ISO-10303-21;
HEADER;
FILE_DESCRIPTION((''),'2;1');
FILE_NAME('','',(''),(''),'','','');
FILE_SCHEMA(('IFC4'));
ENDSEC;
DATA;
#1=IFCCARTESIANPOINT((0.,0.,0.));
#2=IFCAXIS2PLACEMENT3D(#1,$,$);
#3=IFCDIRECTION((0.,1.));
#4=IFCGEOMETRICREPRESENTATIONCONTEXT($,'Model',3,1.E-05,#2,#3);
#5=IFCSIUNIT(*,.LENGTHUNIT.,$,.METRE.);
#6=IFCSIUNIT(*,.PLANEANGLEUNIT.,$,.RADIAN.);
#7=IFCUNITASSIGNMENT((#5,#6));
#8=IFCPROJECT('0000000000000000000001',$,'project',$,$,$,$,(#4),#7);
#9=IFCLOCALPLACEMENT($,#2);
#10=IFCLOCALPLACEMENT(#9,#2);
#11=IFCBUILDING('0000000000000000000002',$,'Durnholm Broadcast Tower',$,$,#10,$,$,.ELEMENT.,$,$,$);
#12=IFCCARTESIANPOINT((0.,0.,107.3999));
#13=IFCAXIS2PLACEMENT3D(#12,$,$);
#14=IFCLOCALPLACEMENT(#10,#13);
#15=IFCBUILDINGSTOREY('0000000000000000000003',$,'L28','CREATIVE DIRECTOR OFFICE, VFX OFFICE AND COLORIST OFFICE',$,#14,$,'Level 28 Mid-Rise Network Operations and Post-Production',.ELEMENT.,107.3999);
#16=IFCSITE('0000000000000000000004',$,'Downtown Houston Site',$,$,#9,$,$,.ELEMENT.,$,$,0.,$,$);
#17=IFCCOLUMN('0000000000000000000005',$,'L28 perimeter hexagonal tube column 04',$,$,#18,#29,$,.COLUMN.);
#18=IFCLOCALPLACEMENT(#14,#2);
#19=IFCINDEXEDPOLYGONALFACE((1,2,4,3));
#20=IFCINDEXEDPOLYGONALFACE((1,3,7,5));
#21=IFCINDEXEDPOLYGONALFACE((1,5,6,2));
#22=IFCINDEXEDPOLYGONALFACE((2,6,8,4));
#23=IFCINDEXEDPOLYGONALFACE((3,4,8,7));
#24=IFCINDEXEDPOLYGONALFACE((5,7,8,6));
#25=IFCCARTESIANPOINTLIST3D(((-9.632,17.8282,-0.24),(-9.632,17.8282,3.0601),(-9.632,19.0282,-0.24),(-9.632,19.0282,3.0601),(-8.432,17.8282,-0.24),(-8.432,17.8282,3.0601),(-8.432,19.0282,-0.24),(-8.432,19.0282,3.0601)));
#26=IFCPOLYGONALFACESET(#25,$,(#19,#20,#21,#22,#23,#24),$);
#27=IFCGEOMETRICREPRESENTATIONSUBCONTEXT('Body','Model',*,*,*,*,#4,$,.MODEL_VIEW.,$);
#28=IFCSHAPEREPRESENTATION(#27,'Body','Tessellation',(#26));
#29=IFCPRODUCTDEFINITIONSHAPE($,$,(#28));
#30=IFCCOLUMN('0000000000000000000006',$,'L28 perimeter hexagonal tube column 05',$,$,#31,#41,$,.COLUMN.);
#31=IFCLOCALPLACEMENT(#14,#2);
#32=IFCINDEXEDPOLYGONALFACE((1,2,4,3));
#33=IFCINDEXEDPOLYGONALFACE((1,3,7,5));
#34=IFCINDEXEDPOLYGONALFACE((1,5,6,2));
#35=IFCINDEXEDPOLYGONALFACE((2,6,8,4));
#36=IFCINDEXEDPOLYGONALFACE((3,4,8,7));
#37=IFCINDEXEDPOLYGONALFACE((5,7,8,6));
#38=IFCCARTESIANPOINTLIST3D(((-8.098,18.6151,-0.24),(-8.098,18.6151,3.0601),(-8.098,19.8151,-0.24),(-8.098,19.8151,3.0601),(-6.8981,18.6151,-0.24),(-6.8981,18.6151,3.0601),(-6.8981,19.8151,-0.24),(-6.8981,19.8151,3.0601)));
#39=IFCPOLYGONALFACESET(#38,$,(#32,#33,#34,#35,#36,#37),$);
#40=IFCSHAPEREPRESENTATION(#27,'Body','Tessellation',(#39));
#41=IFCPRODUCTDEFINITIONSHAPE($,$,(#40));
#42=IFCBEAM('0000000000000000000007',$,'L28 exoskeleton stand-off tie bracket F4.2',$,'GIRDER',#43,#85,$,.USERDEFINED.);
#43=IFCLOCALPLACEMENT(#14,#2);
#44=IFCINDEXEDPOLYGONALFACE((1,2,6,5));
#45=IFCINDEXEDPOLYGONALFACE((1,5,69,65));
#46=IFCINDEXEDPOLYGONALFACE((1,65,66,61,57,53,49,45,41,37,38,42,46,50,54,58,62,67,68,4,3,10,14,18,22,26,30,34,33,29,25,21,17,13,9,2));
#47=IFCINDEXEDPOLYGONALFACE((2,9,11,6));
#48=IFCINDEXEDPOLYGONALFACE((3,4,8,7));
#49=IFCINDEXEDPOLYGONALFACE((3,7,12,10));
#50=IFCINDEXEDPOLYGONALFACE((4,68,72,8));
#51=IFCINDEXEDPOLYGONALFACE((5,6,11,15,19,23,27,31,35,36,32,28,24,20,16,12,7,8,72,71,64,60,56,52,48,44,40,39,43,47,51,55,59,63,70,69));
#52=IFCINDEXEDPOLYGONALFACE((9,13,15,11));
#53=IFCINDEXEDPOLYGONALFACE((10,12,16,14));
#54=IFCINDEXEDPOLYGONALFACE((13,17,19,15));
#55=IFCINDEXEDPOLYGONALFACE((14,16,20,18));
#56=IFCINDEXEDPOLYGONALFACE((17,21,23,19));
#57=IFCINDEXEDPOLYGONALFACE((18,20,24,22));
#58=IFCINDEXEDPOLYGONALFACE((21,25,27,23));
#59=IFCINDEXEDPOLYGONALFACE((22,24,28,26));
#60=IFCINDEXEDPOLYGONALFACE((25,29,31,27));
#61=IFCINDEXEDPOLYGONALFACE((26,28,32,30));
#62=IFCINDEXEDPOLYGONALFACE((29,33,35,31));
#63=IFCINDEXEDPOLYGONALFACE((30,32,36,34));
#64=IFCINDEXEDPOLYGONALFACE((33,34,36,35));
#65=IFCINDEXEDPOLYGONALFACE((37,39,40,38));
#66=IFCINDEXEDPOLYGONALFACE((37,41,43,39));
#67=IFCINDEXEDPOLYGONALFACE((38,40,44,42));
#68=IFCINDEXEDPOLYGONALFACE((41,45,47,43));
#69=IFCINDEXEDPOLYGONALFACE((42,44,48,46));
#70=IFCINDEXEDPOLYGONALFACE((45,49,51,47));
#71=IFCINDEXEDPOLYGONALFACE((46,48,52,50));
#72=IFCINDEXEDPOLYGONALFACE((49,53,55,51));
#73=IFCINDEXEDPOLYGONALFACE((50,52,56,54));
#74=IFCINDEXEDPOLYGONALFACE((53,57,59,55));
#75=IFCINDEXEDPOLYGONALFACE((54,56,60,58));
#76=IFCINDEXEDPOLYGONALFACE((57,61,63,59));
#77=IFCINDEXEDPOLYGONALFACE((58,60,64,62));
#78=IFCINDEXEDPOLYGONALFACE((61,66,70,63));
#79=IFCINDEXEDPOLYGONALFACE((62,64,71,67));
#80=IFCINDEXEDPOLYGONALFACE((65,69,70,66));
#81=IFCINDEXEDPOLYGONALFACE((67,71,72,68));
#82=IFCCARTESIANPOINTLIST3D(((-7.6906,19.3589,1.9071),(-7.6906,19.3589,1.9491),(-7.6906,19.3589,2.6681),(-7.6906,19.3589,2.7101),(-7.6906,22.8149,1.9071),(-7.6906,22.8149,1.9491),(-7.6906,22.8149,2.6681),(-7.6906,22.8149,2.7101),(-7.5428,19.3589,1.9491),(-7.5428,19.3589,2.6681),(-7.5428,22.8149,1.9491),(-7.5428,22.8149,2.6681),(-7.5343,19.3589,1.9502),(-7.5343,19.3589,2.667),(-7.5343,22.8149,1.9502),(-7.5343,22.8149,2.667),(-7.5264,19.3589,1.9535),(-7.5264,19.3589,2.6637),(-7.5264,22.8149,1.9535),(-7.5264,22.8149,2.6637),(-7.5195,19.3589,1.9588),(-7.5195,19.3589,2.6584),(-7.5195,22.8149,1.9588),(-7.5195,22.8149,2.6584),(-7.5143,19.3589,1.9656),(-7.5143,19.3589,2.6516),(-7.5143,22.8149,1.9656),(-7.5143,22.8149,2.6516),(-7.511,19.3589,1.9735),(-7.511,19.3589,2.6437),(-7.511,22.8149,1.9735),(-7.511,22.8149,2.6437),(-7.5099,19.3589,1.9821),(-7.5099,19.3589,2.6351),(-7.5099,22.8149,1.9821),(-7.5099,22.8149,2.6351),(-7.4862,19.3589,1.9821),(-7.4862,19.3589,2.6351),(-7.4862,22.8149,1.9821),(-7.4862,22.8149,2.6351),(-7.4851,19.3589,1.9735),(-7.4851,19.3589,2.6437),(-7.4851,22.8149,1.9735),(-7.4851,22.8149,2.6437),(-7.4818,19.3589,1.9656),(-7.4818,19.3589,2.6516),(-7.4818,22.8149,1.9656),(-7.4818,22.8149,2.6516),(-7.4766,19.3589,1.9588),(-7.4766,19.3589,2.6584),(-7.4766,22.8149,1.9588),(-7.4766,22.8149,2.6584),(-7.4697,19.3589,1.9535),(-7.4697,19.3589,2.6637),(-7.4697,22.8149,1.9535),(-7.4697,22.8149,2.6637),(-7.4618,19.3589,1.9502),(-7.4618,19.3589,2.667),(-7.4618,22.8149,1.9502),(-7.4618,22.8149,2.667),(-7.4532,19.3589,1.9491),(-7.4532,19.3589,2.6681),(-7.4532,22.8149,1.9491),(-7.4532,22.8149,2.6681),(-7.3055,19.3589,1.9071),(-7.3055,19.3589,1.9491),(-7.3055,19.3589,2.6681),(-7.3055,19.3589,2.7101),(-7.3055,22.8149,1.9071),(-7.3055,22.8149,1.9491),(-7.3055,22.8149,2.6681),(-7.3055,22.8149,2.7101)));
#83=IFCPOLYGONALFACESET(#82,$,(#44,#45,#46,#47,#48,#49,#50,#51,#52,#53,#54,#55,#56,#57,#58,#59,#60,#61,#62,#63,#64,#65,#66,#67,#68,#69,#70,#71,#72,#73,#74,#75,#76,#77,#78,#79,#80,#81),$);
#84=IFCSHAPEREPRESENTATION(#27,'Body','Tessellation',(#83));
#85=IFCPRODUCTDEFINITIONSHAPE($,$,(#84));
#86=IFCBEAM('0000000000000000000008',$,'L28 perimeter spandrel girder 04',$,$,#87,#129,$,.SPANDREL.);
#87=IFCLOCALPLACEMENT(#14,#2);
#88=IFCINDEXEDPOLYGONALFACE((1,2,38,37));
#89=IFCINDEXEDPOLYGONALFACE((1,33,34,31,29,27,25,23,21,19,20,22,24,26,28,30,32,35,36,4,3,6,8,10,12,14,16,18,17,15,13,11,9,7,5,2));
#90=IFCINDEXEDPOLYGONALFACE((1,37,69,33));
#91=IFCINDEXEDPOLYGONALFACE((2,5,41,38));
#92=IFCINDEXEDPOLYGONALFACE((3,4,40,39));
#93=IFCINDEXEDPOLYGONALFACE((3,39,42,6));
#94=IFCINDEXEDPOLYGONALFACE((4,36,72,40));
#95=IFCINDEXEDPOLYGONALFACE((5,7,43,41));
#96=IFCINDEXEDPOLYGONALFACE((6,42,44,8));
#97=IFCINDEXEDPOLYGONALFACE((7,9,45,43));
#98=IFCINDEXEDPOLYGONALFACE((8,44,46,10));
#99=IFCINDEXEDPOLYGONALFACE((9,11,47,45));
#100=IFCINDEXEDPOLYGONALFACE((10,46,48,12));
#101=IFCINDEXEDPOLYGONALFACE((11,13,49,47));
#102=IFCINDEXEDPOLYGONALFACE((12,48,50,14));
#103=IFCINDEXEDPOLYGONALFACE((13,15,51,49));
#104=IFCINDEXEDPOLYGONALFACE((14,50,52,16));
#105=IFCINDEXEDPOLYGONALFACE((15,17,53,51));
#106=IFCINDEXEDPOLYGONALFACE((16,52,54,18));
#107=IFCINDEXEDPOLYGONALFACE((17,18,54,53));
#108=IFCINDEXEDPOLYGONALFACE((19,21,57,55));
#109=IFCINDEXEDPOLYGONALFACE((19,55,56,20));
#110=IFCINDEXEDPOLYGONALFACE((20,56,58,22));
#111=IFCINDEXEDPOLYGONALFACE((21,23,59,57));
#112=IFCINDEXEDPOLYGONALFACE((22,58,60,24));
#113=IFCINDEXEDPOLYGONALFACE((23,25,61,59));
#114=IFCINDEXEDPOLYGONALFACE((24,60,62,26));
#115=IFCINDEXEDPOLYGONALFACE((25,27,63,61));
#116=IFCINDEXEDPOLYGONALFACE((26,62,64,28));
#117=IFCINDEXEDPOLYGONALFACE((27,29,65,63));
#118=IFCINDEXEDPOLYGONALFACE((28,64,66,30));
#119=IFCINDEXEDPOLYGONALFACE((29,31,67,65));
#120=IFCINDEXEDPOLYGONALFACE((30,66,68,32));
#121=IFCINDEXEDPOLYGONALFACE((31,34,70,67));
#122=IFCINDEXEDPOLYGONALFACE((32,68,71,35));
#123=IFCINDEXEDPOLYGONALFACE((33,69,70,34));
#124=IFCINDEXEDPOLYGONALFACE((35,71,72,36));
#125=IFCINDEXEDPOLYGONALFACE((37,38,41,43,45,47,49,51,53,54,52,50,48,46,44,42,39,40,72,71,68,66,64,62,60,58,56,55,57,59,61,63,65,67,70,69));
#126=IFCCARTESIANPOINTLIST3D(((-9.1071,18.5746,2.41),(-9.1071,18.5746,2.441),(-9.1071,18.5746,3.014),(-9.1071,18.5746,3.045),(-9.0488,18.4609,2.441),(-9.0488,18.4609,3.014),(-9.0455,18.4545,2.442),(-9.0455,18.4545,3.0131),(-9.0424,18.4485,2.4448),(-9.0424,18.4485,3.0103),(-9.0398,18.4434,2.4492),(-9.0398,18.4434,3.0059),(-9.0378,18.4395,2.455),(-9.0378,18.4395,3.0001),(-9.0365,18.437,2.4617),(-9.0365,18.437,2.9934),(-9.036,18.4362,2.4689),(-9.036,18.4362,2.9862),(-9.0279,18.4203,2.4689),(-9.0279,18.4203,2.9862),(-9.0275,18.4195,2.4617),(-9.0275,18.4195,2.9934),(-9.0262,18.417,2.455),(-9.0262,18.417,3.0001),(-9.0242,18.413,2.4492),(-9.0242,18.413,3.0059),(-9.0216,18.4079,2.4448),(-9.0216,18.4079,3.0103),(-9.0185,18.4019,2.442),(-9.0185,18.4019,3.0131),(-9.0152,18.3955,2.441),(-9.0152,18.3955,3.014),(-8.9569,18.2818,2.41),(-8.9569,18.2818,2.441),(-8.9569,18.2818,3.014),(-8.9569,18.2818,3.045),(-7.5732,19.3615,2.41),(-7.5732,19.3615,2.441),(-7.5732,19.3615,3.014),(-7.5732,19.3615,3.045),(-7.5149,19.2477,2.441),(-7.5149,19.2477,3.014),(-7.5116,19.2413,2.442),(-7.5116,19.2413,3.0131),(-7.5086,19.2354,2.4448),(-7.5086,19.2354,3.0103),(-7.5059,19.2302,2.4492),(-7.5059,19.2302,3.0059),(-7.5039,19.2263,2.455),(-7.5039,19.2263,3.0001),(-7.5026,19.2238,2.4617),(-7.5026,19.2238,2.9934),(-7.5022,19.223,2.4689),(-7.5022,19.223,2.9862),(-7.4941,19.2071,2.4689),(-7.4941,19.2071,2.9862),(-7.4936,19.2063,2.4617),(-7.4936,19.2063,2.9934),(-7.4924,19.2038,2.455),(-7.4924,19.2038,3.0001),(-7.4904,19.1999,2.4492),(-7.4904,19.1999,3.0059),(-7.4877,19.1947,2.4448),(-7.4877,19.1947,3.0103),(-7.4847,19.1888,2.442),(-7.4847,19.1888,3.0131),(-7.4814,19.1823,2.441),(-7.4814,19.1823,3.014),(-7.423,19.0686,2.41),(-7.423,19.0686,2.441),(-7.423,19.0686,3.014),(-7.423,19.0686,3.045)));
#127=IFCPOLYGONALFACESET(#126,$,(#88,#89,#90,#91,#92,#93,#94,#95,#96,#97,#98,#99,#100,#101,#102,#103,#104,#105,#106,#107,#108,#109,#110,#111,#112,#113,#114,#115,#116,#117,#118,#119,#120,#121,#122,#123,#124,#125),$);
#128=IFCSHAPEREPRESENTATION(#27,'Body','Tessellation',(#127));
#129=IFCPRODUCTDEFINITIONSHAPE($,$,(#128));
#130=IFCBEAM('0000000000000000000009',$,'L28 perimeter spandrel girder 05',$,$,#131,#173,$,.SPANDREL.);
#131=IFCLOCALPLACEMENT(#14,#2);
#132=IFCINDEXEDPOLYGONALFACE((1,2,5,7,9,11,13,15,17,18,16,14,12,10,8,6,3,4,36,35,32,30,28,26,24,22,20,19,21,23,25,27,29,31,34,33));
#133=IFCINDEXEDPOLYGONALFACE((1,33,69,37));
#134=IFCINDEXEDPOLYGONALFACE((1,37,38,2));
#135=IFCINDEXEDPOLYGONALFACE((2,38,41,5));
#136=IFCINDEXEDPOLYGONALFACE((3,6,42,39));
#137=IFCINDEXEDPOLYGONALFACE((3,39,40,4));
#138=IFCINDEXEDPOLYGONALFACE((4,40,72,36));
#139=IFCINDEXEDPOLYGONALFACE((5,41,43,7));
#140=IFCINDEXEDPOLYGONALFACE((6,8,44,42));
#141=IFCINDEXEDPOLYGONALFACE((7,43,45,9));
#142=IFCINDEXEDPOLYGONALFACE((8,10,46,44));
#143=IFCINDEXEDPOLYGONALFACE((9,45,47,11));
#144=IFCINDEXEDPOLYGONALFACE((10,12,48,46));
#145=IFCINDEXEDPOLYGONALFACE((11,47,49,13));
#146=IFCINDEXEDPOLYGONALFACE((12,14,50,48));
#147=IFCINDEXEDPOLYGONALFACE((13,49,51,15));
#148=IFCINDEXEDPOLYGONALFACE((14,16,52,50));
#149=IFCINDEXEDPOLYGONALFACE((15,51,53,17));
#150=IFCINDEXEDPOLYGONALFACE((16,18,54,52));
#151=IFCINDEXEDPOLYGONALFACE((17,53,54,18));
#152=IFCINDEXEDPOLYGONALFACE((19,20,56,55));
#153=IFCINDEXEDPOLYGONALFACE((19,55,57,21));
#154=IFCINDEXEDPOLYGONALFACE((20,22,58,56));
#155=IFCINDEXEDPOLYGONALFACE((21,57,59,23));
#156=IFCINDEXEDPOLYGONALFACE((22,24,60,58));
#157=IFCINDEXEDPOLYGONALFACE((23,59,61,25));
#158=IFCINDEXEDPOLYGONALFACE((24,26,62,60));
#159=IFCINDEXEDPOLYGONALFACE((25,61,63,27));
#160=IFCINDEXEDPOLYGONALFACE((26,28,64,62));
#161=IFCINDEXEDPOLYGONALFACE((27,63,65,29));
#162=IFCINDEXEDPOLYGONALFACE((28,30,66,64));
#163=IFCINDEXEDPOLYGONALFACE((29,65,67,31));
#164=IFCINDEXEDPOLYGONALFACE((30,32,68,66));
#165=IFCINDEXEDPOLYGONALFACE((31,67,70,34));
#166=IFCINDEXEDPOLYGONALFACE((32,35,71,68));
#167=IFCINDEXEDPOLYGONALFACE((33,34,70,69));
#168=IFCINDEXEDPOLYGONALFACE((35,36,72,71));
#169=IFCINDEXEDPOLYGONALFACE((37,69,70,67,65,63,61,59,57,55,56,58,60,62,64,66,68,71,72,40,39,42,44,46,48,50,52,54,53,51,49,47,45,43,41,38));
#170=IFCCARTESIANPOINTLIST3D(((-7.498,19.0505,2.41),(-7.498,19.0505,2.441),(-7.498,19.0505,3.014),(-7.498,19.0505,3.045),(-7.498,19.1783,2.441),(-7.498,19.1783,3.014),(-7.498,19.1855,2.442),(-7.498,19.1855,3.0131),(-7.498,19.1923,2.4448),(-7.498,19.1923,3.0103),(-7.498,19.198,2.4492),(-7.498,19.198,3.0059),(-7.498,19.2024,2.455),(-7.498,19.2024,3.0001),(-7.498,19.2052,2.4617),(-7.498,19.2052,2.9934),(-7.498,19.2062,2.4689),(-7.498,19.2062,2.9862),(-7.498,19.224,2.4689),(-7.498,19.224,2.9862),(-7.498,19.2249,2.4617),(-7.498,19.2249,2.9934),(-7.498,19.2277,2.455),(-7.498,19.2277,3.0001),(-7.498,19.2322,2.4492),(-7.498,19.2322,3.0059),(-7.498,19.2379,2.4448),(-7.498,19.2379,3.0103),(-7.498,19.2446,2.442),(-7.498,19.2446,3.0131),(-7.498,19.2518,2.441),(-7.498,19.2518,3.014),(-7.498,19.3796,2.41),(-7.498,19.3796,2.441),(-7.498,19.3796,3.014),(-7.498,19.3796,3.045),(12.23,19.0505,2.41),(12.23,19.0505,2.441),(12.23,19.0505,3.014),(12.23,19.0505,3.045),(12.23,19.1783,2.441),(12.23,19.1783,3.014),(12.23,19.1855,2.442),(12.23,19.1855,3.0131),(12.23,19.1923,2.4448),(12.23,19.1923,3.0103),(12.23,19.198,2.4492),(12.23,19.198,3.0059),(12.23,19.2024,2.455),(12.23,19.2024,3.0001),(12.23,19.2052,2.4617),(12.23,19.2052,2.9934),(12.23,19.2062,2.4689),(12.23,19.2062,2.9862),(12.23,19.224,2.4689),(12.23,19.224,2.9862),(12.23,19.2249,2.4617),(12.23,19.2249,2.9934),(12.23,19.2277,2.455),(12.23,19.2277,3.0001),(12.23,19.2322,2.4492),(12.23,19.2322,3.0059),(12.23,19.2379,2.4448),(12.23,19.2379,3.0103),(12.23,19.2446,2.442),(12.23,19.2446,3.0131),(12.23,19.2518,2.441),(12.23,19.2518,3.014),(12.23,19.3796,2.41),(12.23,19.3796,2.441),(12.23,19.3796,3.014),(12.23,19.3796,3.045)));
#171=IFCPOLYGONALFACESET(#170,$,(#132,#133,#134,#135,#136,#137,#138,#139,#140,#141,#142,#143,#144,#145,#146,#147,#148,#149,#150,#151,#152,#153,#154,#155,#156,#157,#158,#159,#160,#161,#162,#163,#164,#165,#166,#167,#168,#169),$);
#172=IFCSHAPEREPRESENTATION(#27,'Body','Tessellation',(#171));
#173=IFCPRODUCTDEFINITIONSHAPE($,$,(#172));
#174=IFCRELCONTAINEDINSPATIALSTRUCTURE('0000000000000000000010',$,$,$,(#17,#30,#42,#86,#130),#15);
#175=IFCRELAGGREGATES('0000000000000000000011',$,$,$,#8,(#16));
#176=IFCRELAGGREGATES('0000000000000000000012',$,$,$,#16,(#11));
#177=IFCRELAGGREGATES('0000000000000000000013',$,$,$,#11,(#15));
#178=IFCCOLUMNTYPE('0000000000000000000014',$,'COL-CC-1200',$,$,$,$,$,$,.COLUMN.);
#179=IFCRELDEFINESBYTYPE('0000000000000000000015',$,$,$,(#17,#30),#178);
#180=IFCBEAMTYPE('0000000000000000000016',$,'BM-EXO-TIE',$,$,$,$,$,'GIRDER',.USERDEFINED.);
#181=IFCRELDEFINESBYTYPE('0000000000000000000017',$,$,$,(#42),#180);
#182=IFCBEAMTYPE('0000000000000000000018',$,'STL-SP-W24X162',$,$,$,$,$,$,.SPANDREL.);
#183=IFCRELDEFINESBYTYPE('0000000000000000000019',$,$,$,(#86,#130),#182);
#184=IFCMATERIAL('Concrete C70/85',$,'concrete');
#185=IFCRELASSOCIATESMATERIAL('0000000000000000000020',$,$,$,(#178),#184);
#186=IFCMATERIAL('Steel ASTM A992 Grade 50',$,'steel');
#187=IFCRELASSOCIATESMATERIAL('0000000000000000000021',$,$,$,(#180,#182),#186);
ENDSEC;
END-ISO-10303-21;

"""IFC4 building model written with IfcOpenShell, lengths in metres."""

from ifc_helpers import new_model, si_unit, direction, frame, origin, origin_2d, place, context, subcontext, project, spatial, rectangle, i_section, extrude, source, transform, mapped, material, material_profile, profile_set, type_object, type_shapes, element, save


model = new_model("IFC4")

# Units and contexts
model_context = context("Model", 3, precision=1e-05, world=origin(), true_north=direction((0.0, 1.0)))
body_context = subcontext(model_context, "Body", "Model", "MODEL_VIEW")
ifc_project = project(units=[si_unit("LENGTHUNIT", "METRE"), si_unit("PLANEANGLEUNIT", "RADIAN")], contexts=[model_context])

# Site, building, storey
site_placement = place(None, origin())
site = spatial("IfcSite", under=ifc_project, at=site_placement, Name="Downtown Houston Site", CompositionType="ELEMENT", RefElevation=0.0)
building_placement = place(site_placement, origin())
building = spatial("IfcBuilding", under=site, at=building_placement, Name="Durnholm Broadcast Tower", CompositionType="ELEMENT")
storey_placement = place(building_placement, frame((0.0, 0.0, 107.3999)))
storey = spatial("IfcBuildingStorey", under=building, at=storey_placement, Name="L28", Description="CREATIVE DIRECTOR OFFICE, VFX OFFICE AND COLORIST OFFICE", LongName="Level 28 Mid-Rise Network Operations and Post-Production", CompositionType="ELEMENT", Elevation=107.3999)

# Columns
ifc_material_1 = material(Name="Concrete C70/85", Category="concrete")
ifc_material_profile_1 = material_profile(ifc_material_1, rectangle(XDim=1.2, YDim=1.2, at=origin_2d()), Name="RC1200X1200")
ifc_profile_set_1 = profile_set([ifc_material_profile_1], Name="Concrete C70/85")
column_type = type_object("IfcColumnType", Name="COL-CC-1200", PredefinedType="COLUMN", material=ifc_profile_set_1)
shared_shape_1 = source(origin(), body_context, "Body", "SweptSolid", [
    extrude(rectangle(XDim=1.2, YDim=1.2, at=origin_2d()), origin(), (0.0, 0.0, 1.0), 3.3),
])
type_shapes(column_type, [shared_shape_1])
for number, where, z_axis, x_axis, name in (
    (1, (-9.032, 18.4282, -0.24), (0.0, 0.0, 1.0), (1.0, 0.0, 0.0), "L28 perimeter hexagonal tube column 04"),
    (2, (-7.498, 19.2151, -0.24), (0.0, 0.0, 1.0), (1.0, 0.0, 0.0), "L28 perimeter hexagonal tube column 05"),
):
    element("IfcColumn", number, at=place(storey_placement, frame(where, z_axis=z_axis, x_axis=x_axis)), inside=storey, type_object=column_type, Name=name, PredefinedType="COLUMN", context=body_context, shape_type="MappedRepresentation", body=[
        mapped(shared_shape_1, transform((0.0, 0.0, 0.0), x_axis=(1.0, 0.0, 0.0), y_axis=(0.0, 1.0, 0.0), z_axis=(0.0, 0.0, 1.0), scale=1.0)),
    ])

# Beams
ifc_material_2 = material(Name="Steel ASTM A992 Grade 50", Category="steel")
ifc_material_profile_2 = material_profile(ifc_material_2, i_section(OverallWidth=0.385, OverallDepth=0.803, WebThickness=0.0237, FlangeThickness=0.042, FilletRadius=0.033, at=origin_2d()), Name="W30X261")
ifc_profile_set_2 = profile_set([ifc_material_profile_2], Name="Steel ASTM A992 Grade 50")
beam_type_1 = type_object("IfcBeamType", Name="BM-EXO-TIE", ElementType="GIRDER", PredefinedType="USERDEFINED", material=ifc_profile_set_2)
shared_shape_2 = source(origin(), body_context, "Body", "SweptSolid", [
    extrude(i_section(OverallWidth=0.385, OverallDepth=0.803, WebThickness=0.0237, FlangeThickness=0.042, FilletRadius=0.033, at=origin_2d()), origin(), (0.0, 0.0, 1.0), 3.4561),
])
beam_1_placement = place(storey_placement, frame((-7.498, 19.3589, 2.3086), z_axis=(0.0, 1.0, 0.0), x_axis=(-1.0, 0.0, 0.0)))
element("IfcBeam", 3, at=beam_1_placement, inside=storey, type_object=beam_type_1, Name="L28 exoskeleton stand-off tie bracket F4.2", ObjectType="GIRDER", PredefinedType="USERDEFINED", context=body_context, shape_type="MappedRepresentation", body=[
    mapped(shared_shape_2, transform((0.0, 0.0, 0.0), x_axis=(1.0, 0.0, 0.0), y_axis=(0.0, 1.0, 0.0), z_axis=(0.0, 0.0, 1.0), scale=1.0)),
])
ifc_material_profile_3 = material_profile(ifc_material_2, i_section(OverallWidth=0.3291, OverallDepth=0.635, WebThickness=0.0178, FlangeThickness=0.031, FilletRadius=0.0278, at=origin_2d()), Name="W24X162")
ifc_profile_set_3 = profile_set([ifc_material_profile_3], Name="Steel ASTM A992 Grade 50")
beam_type_2 = type_object("IfcBeamType", Name="STL-SP-W24X162", PredefinedType="SPANDREL", material=ifc_profile_set_3)
shared_shape_3 = source(origin(), body_context, "Body", "SweptSolid", [
    extrude(i_section(OverallWidth=0.3291, OverallDepth=0.635, WebThickness=0.0178, FlangeThickness=0.031, FilletRadius=0.0278, at=origin_2d()), origin(), (0.0, 0.0, 1.0), 1.7239),
])
beam_2_placement = place(storey_placement, frame((-9.032, 18.4282, 2.7275), z_axis=(0.889763, 0.456423, 0.0), x_axis=(-0.456423, 0.889763, 0.0)))
element("IfcBeam", 4, at=beam_2_placement, inside=storey, type_object=beam_type_2, Name="L28 perimeter spandrel girder 04", PredefinedType="SPANDREL", context=body_context, shape_type="MappedRepresentation", body=[
    mapped(shared_shape_3, transform((0.0, 0.0, 0.0), x_axis=(1.0, 0.0, 0.0), y_axis=(0.0, 1.0, 0.0), z_axis=(0.0, 0.0, 1.0), scale=1.0)),
])
shared_shape_4 = source(origin(), body_context, "Body", "SweptSolid", [
    extrude(i_section(OverallWidth=0.3291, OverallDepth=0.635, WebThickness=0.0178, FlangeThickness=0.031, FilletRadius=0.0278, at=origin_2d()), origin(), (0.0, 0.0, 1.0), 19.728),
])
type_shapes(beam_type_2, [shared_shape_3, shared_shape_4])
beam_3_placement = place(storey_placement, frame((-7.498, 19.2151, 2.7275), z_axis=(1.0, 0.0, 0.0), x_axis=(0.0, 1.0, 0.0)))
element("IfcBeam", 5, at=beam_3_placement, inside=storey, type_object=beam_type_2, Name="L28 perimeter spandrel girder 05", PredefinedType="SPANDREL", context=body_context, shape_type="MappedRepresentation", body=[
    mapped(shared_shape_4, transform((0.0, 0.0, 0.0), x_axis=(1.0, 0.0, 0.0), y_axis=(0.0, 1.0, 0.0), z_axis=(0.0, 0.0, 1.0), scale=1.0)),
])

save(model, "model.ifc")
